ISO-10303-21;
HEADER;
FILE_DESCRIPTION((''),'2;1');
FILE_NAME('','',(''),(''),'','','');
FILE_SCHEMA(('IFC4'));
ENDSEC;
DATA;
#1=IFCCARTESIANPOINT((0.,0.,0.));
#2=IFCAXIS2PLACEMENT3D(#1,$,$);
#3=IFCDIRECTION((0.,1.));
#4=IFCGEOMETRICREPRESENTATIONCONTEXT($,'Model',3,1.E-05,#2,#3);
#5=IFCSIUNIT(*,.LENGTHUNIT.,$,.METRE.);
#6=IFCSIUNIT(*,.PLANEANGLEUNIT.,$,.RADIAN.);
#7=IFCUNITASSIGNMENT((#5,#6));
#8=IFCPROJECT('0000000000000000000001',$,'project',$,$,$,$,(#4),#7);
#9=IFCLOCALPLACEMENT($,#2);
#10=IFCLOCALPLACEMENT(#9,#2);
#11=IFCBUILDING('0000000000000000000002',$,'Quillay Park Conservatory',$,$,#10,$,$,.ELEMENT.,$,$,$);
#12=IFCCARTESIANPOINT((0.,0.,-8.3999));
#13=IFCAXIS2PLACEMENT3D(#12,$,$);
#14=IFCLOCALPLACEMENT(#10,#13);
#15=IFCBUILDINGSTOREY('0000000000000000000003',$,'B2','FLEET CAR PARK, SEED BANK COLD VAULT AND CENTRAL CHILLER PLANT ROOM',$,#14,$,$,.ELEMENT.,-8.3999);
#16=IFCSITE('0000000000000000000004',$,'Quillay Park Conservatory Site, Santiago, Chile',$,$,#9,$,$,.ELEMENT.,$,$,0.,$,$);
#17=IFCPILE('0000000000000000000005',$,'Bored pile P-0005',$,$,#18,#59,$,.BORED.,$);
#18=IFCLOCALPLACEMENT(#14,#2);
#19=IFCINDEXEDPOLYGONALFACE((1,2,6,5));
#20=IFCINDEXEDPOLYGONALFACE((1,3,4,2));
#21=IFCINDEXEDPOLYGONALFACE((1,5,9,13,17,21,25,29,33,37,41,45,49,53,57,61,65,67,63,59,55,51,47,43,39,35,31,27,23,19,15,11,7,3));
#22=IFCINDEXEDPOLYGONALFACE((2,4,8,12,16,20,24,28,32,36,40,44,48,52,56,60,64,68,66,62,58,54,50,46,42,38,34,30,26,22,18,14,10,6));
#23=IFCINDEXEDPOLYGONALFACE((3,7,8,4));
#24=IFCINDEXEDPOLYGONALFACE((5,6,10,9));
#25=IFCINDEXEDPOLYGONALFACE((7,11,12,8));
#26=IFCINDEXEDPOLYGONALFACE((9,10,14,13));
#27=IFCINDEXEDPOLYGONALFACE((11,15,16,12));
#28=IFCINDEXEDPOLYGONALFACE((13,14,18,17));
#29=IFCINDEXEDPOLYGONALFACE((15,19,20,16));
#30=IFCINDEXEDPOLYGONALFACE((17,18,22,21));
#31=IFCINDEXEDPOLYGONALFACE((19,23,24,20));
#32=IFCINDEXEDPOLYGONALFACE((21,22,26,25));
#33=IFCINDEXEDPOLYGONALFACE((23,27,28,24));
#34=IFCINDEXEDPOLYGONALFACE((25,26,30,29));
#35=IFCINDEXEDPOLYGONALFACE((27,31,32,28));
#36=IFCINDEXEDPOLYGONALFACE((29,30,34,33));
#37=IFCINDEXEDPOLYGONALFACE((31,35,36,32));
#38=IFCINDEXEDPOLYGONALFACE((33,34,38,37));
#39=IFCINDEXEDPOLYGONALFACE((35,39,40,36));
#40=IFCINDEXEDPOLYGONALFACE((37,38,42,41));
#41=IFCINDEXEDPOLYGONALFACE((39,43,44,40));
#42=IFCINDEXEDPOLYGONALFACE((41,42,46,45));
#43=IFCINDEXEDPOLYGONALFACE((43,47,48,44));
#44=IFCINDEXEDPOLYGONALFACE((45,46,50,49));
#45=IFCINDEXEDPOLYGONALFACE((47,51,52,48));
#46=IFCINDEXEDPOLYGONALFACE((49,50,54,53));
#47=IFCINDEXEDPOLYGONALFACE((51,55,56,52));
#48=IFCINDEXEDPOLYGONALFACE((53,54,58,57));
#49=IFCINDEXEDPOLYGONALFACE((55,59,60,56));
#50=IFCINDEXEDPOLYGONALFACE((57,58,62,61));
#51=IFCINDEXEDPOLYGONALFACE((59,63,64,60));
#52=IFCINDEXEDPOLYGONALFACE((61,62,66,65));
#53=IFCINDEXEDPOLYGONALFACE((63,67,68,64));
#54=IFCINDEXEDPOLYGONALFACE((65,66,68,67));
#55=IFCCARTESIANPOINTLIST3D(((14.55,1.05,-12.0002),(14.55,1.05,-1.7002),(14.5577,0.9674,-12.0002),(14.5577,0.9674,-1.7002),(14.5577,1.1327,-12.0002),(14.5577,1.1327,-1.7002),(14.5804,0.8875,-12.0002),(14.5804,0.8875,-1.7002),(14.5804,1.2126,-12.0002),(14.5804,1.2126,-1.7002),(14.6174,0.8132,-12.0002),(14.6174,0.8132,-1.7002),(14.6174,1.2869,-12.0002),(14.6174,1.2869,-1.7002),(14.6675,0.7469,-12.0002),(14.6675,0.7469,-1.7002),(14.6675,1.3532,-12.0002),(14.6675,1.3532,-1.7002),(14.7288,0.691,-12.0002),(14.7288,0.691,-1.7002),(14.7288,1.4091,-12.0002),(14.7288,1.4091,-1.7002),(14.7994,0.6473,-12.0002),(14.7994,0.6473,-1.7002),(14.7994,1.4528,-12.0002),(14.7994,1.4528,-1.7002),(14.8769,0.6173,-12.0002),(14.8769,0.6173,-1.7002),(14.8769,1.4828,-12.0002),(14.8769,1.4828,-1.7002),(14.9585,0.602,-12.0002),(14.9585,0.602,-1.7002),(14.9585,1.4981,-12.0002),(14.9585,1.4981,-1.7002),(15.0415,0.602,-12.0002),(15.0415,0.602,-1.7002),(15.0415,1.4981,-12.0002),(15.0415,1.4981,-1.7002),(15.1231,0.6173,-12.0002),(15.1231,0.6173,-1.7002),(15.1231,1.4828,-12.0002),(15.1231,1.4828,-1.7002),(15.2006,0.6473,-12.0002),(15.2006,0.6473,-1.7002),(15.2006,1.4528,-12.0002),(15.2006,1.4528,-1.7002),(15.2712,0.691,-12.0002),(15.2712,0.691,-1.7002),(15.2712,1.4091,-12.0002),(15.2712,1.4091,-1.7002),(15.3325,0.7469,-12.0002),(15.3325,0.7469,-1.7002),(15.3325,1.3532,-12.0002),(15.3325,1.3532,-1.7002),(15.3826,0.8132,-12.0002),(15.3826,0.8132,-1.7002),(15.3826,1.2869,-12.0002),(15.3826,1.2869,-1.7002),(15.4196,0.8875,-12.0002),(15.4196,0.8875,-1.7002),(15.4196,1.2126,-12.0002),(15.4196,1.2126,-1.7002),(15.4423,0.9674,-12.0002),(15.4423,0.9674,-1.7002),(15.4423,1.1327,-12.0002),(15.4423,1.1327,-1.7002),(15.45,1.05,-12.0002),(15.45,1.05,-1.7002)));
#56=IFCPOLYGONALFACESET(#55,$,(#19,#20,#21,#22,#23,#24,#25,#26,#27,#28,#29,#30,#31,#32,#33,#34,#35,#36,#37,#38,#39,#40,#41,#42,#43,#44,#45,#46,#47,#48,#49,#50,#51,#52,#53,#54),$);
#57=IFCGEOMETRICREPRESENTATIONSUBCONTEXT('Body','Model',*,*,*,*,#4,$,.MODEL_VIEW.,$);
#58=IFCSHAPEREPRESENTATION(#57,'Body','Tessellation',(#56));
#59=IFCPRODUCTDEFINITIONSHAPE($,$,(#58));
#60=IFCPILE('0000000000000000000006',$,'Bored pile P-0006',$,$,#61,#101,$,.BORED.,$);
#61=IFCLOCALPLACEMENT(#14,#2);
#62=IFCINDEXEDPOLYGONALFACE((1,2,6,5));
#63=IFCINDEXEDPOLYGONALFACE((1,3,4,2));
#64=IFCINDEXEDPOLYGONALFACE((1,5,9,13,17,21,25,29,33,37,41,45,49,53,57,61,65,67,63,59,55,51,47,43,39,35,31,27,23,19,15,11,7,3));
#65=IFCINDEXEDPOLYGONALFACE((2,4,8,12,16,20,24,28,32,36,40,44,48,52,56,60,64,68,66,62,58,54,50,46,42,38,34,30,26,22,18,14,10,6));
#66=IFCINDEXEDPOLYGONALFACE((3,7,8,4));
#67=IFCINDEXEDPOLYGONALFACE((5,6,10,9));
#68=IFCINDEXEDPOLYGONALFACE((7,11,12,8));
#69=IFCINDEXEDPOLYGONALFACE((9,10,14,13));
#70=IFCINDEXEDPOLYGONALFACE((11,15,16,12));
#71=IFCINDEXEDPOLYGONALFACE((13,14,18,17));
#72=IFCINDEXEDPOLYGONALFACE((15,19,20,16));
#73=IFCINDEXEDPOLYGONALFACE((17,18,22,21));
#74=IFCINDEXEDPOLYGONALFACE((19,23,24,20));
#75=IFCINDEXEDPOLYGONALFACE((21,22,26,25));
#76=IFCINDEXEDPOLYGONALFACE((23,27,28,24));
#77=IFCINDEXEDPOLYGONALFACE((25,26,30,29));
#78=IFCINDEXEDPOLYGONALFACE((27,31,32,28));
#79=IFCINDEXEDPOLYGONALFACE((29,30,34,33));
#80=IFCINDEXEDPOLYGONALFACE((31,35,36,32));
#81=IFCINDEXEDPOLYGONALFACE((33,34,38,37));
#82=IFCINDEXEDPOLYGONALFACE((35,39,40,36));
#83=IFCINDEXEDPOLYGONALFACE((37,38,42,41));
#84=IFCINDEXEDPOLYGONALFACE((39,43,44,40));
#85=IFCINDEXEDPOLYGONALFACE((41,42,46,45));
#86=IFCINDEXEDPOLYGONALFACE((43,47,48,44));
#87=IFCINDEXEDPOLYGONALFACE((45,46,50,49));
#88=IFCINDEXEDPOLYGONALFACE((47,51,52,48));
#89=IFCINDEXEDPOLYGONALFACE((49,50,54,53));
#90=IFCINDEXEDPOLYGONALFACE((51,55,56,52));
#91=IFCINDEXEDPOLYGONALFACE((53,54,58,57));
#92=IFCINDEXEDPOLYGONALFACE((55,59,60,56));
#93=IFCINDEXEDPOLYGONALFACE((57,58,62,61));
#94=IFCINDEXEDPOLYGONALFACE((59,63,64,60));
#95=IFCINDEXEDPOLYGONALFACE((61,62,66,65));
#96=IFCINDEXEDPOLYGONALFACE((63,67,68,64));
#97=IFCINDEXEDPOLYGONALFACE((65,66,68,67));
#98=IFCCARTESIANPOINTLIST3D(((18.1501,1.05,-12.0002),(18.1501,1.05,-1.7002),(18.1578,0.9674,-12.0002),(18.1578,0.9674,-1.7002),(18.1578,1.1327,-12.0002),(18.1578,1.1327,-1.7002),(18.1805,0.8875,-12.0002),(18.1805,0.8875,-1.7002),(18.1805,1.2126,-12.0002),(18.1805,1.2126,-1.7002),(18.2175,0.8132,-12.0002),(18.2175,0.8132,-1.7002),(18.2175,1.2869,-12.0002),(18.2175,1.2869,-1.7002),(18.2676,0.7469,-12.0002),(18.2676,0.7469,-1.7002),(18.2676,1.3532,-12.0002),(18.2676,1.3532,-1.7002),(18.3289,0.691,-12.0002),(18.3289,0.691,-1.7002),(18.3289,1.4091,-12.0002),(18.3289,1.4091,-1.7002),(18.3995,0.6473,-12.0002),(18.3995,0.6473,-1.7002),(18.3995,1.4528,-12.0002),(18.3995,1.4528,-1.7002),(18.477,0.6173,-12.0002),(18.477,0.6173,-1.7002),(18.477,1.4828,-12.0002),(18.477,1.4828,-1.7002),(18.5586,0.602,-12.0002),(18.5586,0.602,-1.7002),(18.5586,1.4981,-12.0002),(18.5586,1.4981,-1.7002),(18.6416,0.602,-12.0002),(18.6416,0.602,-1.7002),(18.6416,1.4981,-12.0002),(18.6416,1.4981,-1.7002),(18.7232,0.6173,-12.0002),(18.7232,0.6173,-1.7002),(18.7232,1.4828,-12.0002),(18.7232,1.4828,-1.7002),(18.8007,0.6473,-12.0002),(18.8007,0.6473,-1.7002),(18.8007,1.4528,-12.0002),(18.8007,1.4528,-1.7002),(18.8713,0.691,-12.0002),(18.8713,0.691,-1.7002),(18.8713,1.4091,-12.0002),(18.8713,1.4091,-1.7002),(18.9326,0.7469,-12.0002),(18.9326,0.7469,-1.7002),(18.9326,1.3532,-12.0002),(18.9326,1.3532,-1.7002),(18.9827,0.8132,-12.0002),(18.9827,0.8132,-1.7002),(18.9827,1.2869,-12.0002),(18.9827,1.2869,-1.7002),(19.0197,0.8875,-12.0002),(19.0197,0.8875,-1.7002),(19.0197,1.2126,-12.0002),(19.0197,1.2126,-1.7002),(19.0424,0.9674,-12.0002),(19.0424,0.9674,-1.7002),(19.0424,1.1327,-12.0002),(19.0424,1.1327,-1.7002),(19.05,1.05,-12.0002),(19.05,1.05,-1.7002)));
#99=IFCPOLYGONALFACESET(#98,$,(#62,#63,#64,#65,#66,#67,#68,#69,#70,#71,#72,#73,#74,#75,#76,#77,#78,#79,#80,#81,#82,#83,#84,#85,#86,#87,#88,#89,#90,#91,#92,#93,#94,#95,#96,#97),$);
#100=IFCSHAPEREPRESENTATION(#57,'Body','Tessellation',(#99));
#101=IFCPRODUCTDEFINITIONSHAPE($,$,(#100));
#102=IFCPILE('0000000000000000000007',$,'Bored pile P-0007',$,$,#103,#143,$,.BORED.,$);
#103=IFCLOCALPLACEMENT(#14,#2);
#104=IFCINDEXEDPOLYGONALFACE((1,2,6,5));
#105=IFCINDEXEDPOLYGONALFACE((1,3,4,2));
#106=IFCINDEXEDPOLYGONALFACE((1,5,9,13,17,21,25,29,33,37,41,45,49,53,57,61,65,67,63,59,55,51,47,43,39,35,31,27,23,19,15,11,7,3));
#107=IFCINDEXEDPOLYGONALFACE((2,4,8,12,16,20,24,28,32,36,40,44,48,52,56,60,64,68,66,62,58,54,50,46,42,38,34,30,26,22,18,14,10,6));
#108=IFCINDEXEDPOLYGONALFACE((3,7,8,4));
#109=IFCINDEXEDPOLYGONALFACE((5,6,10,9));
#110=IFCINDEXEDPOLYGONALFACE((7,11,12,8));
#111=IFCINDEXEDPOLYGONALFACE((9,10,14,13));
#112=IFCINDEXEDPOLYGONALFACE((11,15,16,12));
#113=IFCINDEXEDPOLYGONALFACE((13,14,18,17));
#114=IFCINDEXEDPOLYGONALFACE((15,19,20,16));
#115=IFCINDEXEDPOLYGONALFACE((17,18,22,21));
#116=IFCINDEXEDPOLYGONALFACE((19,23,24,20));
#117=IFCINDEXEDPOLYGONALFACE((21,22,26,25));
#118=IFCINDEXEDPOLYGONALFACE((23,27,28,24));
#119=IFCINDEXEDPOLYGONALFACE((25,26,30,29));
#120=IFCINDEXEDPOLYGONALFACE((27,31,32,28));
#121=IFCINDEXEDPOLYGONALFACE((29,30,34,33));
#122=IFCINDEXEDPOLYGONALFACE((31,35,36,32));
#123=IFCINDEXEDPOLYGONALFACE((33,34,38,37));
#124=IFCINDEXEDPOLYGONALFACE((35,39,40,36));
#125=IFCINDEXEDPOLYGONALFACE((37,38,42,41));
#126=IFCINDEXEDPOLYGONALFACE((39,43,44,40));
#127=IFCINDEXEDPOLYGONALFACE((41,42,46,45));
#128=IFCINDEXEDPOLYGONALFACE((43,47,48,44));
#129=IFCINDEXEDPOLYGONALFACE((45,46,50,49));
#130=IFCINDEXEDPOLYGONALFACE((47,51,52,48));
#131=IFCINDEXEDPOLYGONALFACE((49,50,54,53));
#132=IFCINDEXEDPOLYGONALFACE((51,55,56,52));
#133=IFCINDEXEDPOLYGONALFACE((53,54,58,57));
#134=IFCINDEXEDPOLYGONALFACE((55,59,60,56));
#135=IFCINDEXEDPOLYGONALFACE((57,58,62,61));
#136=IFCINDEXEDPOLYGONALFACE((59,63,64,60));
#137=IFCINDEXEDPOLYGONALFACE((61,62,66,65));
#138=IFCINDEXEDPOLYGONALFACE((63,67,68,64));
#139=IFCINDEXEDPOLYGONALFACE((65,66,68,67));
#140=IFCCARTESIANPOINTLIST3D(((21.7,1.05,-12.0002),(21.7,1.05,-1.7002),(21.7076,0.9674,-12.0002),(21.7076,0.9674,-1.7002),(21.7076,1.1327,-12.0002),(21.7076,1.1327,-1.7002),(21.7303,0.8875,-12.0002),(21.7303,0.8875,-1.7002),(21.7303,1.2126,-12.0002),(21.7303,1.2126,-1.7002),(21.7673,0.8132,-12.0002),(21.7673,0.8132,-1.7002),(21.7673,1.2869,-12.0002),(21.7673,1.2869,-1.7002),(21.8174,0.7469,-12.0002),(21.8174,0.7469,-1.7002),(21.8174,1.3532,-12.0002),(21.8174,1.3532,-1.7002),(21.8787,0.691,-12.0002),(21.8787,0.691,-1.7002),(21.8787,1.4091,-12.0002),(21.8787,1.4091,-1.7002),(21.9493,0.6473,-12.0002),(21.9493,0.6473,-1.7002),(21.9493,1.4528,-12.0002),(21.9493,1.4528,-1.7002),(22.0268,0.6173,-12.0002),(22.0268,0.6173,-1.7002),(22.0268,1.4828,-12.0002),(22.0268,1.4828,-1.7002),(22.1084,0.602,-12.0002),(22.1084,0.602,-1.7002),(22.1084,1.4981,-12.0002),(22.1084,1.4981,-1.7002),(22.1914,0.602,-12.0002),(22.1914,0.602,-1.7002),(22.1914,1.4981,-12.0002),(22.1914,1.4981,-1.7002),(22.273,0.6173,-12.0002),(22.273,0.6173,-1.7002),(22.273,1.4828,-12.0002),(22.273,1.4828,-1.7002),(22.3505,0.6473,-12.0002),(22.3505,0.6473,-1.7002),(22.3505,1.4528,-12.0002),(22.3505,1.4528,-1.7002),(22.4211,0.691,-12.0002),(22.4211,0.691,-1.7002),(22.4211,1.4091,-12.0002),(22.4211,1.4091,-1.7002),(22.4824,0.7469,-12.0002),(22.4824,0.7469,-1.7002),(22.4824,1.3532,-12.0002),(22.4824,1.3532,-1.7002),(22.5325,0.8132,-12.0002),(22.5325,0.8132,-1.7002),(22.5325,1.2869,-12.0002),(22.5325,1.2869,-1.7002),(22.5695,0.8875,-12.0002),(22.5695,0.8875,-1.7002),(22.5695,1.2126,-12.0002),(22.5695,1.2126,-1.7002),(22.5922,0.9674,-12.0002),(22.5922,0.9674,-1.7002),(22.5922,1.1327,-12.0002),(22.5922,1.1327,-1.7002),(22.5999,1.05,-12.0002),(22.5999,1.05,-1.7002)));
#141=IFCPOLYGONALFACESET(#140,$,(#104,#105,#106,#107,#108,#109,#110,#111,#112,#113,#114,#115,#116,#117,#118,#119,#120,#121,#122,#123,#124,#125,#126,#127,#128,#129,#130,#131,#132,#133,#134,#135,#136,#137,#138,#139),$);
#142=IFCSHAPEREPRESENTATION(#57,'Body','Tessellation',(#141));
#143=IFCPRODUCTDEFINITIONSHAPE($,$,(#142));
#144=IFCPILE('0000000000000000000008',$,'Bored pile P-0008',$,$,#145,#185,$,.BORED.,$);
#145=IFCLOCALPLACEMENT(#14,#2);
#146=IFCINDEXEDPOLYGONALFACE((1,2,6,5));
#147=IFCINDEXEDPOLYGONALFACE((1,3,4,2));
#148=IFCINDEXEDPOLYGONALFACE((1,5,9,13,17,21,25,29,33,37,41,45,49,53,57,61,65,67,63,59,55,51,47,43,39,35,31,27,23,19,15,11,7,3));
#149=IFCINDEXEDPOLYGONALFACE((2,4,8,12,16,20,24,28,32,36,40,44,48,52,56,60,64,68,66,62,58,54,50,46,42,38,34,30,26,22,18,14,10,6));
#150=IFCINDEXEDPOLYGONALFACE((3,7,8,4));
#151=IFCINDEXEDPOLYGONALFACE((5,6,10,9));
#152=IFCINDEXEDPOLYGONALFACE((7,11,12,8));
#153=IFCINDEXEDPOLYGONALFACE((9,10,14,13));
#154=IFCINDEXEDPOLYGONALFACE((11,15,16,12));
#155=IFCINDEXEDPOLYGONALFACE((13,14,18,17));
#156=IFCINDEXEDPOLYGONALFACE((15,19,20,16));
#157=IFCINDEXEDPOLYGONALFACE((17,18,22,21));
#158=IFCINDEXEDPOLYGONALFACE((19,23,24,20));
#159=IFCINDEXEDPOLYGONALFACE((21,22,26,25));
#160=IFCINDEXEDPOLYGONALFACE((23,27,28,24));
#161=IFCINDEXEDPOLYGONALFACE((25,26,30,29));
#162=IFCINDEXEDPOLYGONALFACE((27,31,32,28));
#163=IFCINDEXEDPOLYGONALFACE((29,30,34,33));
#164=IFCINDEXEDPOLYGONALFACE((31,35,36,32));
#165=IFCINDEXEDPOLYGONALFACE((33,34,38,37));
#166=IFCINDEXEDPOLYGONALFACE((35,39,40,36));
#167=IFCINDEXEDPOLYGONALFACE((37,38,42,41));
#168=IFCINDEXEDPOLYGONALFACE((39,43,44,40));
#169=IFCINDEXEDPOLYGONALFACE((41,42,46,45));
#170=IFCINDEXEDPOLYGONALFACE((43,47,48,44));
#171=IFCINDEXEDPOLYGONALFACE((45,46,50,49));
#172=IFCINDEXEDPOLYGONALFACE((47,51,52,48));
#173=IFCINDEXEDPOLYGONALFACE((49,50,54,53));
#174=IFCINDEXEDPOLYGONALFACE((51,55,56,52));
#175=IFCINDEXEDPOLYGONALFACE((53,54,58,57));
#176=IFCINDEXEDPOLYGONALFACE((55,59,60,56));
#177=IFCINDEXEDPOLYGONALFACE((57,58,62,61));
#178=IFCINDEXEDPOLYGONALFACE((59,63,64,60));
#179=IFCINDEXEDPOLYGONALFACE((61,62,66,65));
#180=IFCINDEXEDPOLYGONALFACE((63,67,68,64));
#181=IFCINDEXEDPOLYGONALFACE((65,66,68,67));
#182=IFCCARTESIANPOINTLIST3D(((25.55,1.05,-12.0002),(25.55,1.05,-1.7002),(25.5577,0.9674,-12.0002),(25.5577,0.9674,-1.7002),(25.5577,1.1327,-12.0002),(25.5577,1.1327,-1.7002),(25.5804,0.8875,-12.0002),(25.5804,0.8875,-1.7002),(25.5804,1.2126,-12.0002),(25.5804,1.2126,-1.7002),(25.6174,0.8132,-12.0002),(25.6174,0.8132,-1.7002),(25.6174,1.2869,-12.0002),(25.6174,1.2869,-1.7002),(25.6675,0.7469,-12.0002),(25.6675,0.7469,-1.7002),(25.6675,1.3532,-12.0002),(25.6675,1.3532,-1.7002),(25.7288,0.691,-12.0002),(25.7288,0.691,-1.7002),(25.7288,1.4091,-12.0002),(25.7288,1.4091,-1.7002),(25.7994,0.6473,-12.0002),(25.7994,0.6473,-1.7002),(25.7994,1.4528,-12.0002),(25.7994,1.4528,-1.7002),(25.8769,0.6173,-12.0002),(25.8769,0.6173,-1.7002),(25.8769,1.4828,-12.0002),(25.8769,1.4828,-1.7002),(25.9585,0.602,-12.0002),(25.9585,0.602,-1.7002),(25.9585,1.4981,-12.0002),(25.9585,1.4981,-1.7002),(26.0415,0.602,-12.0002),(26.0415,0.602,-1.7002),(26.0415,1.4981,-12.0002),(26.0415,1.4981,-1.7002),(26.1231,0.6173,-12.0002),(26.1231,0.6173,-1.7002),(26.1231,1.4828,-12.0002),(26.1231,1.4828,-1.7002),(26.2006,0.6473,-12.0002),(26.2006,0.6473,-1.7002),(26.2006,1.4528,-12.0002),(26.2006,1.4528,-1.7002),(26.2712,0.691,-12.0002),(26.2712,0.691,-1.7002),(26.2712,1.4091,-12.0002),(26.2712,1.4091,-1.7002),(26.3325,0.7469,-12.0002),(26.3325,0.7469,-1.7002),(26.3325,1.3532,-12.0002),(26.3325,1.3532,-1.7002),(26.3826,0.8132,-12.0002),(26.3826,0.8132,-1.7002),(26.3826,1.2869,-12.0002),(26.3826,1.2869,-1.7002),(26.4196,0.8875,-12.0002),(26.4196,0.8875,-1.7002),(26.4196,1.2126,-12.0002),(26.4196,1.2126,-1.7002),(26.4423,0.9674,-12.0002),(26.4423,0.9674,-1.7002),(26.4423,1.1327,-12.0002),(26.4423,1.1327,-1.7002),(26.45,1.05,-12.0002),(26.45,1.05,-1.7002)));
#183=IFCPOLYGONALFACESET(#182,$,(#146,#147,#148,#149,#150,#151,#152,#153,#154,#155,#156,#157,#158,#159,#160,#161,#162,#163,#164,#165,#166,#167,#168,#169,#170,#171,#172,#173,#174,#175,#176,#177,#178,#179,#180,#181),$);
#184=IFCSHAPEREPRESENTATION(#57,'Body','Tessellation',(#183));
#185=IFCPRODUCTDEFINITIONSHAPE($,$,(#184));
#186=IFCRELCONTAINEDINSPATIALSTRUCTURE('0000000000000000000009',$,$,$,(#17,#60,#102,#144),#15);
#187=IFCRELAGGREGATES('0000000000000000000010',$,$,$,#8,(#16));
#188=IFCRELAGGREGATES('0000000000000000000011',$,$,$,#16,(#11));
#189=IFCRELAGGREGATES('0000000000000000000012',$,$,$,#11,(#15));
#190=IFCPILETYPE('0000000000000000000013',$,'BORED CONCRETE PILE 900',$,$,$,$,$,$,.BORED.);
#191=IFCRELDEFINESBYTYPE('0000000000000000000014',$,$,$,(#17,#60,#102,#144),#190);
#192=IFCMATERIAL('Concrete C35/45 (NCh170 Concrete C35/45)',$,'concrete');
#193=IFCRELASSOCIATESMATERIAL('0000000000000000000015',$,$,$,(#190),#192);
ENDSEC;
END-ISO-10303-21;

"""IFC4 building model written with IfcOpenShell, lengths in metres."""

from ifc_helpers import new_model, si_unit, direction, frame, origin, origin_2d, place, context, subcontext, project, spatial, circle, extrude, material, material_profile, profile_set, type_object, element, save


model = new_model("IFC4")

# Units and contexts
model_context = context("Model", 3, precision=1e-05, world=origin(), true_north=direction((0.0, 1.0)))
body_context = subcontext(model_context, "Body", "Model", "MODEL_VIEW")
ifc_project = project(units=[si_unit("LENGTHUNIT", "METRE"), si_unit("PLANEANGLEUNIT", "RADIAN")], contexts=[model_context])

# Site, building, storey
site_placement = place(None, origin())
site = spatial("IfcSite", under=ifc_project, at=site_placement, Name="Quillay Park Conservatory Site, Santiago, Chile", CompositionType="ELEMENT", RefElevation=0.0)
building_placement = place(site_placement, origin())
building = spatial("IfcBuilding", under=site, at=building_placement, Name="Quillay Park Conservatory", CompositionType="ELEMENT")
storey_placement = place(building_placement, frame((0.0, 0.0, -8.3999)))
storey = spatial("IfcBuildingStorey", under=building, at=storey_placement, Name="B2", Description="FLEET CAR PARK, SEED BANK COLD VAULT AND CENTRAL CHILLER PLANT ROOM", CompositionType="ELEMENT", Elevation=-8.3999)

# Piles
ifc_material_1 = material(Name="Concrete C35/45 (NCh170 Concrete C35/45)", Category="concrete")
ifc_material_profile_1 = material_profile(ifc_material_1, circle(Radius=0.45, at=origin_2d()), Name="PILE900")
ifc_profile_set_1 = profile_set([ifc_material_profile_1], Name="Concrete C35/45 (NCh170 Concrete C35/45)")
pile_type = type_object("IfcPileType", Name="BORED CONCRETE PILE 900", PredefinedType="BORED", material=ifc_profile_set_1)
for number, where, z_axis, x_axis, name in (
    (1, (15.0, 1.05, -1.7002), (0.0, 0.0, -1.0), (1.0, 0.0, 0.0), "Bored pile P-0005"),
    (2, (18.6001, 1.05, -1.7002), (0.0, 0.0, -1.0), (1.0, 0.0, 0.0), "Bored pile P-0006"),
    (3, (22.1499, 1.05, -1.7002), (0.0, 0.0, -1.0), (1.0, 0.0, 0.0), "Bored pile P-0007"),
    (4, (26.0, 1.05, -1.7002), (0.0, 0.0, -1.0), (1.0, 0.0, 0.0), "Bored pile P-0008"),
):
    element("IfcPile", number, at=place(storey_placement, frame(where, z_axis=z_axis, x_axis=x_axis)), inside=storey, type_object=pile_type, Name=name, PredefinedType="BORED", context=body_context, shape_type="SweptSolid", body=[
        extrude(circle(Radius=0.45, at=origin_2d()), origin(), (0.0, 0.0, 1.0), 10.3),
    ])

save(model, "model.ifc")
